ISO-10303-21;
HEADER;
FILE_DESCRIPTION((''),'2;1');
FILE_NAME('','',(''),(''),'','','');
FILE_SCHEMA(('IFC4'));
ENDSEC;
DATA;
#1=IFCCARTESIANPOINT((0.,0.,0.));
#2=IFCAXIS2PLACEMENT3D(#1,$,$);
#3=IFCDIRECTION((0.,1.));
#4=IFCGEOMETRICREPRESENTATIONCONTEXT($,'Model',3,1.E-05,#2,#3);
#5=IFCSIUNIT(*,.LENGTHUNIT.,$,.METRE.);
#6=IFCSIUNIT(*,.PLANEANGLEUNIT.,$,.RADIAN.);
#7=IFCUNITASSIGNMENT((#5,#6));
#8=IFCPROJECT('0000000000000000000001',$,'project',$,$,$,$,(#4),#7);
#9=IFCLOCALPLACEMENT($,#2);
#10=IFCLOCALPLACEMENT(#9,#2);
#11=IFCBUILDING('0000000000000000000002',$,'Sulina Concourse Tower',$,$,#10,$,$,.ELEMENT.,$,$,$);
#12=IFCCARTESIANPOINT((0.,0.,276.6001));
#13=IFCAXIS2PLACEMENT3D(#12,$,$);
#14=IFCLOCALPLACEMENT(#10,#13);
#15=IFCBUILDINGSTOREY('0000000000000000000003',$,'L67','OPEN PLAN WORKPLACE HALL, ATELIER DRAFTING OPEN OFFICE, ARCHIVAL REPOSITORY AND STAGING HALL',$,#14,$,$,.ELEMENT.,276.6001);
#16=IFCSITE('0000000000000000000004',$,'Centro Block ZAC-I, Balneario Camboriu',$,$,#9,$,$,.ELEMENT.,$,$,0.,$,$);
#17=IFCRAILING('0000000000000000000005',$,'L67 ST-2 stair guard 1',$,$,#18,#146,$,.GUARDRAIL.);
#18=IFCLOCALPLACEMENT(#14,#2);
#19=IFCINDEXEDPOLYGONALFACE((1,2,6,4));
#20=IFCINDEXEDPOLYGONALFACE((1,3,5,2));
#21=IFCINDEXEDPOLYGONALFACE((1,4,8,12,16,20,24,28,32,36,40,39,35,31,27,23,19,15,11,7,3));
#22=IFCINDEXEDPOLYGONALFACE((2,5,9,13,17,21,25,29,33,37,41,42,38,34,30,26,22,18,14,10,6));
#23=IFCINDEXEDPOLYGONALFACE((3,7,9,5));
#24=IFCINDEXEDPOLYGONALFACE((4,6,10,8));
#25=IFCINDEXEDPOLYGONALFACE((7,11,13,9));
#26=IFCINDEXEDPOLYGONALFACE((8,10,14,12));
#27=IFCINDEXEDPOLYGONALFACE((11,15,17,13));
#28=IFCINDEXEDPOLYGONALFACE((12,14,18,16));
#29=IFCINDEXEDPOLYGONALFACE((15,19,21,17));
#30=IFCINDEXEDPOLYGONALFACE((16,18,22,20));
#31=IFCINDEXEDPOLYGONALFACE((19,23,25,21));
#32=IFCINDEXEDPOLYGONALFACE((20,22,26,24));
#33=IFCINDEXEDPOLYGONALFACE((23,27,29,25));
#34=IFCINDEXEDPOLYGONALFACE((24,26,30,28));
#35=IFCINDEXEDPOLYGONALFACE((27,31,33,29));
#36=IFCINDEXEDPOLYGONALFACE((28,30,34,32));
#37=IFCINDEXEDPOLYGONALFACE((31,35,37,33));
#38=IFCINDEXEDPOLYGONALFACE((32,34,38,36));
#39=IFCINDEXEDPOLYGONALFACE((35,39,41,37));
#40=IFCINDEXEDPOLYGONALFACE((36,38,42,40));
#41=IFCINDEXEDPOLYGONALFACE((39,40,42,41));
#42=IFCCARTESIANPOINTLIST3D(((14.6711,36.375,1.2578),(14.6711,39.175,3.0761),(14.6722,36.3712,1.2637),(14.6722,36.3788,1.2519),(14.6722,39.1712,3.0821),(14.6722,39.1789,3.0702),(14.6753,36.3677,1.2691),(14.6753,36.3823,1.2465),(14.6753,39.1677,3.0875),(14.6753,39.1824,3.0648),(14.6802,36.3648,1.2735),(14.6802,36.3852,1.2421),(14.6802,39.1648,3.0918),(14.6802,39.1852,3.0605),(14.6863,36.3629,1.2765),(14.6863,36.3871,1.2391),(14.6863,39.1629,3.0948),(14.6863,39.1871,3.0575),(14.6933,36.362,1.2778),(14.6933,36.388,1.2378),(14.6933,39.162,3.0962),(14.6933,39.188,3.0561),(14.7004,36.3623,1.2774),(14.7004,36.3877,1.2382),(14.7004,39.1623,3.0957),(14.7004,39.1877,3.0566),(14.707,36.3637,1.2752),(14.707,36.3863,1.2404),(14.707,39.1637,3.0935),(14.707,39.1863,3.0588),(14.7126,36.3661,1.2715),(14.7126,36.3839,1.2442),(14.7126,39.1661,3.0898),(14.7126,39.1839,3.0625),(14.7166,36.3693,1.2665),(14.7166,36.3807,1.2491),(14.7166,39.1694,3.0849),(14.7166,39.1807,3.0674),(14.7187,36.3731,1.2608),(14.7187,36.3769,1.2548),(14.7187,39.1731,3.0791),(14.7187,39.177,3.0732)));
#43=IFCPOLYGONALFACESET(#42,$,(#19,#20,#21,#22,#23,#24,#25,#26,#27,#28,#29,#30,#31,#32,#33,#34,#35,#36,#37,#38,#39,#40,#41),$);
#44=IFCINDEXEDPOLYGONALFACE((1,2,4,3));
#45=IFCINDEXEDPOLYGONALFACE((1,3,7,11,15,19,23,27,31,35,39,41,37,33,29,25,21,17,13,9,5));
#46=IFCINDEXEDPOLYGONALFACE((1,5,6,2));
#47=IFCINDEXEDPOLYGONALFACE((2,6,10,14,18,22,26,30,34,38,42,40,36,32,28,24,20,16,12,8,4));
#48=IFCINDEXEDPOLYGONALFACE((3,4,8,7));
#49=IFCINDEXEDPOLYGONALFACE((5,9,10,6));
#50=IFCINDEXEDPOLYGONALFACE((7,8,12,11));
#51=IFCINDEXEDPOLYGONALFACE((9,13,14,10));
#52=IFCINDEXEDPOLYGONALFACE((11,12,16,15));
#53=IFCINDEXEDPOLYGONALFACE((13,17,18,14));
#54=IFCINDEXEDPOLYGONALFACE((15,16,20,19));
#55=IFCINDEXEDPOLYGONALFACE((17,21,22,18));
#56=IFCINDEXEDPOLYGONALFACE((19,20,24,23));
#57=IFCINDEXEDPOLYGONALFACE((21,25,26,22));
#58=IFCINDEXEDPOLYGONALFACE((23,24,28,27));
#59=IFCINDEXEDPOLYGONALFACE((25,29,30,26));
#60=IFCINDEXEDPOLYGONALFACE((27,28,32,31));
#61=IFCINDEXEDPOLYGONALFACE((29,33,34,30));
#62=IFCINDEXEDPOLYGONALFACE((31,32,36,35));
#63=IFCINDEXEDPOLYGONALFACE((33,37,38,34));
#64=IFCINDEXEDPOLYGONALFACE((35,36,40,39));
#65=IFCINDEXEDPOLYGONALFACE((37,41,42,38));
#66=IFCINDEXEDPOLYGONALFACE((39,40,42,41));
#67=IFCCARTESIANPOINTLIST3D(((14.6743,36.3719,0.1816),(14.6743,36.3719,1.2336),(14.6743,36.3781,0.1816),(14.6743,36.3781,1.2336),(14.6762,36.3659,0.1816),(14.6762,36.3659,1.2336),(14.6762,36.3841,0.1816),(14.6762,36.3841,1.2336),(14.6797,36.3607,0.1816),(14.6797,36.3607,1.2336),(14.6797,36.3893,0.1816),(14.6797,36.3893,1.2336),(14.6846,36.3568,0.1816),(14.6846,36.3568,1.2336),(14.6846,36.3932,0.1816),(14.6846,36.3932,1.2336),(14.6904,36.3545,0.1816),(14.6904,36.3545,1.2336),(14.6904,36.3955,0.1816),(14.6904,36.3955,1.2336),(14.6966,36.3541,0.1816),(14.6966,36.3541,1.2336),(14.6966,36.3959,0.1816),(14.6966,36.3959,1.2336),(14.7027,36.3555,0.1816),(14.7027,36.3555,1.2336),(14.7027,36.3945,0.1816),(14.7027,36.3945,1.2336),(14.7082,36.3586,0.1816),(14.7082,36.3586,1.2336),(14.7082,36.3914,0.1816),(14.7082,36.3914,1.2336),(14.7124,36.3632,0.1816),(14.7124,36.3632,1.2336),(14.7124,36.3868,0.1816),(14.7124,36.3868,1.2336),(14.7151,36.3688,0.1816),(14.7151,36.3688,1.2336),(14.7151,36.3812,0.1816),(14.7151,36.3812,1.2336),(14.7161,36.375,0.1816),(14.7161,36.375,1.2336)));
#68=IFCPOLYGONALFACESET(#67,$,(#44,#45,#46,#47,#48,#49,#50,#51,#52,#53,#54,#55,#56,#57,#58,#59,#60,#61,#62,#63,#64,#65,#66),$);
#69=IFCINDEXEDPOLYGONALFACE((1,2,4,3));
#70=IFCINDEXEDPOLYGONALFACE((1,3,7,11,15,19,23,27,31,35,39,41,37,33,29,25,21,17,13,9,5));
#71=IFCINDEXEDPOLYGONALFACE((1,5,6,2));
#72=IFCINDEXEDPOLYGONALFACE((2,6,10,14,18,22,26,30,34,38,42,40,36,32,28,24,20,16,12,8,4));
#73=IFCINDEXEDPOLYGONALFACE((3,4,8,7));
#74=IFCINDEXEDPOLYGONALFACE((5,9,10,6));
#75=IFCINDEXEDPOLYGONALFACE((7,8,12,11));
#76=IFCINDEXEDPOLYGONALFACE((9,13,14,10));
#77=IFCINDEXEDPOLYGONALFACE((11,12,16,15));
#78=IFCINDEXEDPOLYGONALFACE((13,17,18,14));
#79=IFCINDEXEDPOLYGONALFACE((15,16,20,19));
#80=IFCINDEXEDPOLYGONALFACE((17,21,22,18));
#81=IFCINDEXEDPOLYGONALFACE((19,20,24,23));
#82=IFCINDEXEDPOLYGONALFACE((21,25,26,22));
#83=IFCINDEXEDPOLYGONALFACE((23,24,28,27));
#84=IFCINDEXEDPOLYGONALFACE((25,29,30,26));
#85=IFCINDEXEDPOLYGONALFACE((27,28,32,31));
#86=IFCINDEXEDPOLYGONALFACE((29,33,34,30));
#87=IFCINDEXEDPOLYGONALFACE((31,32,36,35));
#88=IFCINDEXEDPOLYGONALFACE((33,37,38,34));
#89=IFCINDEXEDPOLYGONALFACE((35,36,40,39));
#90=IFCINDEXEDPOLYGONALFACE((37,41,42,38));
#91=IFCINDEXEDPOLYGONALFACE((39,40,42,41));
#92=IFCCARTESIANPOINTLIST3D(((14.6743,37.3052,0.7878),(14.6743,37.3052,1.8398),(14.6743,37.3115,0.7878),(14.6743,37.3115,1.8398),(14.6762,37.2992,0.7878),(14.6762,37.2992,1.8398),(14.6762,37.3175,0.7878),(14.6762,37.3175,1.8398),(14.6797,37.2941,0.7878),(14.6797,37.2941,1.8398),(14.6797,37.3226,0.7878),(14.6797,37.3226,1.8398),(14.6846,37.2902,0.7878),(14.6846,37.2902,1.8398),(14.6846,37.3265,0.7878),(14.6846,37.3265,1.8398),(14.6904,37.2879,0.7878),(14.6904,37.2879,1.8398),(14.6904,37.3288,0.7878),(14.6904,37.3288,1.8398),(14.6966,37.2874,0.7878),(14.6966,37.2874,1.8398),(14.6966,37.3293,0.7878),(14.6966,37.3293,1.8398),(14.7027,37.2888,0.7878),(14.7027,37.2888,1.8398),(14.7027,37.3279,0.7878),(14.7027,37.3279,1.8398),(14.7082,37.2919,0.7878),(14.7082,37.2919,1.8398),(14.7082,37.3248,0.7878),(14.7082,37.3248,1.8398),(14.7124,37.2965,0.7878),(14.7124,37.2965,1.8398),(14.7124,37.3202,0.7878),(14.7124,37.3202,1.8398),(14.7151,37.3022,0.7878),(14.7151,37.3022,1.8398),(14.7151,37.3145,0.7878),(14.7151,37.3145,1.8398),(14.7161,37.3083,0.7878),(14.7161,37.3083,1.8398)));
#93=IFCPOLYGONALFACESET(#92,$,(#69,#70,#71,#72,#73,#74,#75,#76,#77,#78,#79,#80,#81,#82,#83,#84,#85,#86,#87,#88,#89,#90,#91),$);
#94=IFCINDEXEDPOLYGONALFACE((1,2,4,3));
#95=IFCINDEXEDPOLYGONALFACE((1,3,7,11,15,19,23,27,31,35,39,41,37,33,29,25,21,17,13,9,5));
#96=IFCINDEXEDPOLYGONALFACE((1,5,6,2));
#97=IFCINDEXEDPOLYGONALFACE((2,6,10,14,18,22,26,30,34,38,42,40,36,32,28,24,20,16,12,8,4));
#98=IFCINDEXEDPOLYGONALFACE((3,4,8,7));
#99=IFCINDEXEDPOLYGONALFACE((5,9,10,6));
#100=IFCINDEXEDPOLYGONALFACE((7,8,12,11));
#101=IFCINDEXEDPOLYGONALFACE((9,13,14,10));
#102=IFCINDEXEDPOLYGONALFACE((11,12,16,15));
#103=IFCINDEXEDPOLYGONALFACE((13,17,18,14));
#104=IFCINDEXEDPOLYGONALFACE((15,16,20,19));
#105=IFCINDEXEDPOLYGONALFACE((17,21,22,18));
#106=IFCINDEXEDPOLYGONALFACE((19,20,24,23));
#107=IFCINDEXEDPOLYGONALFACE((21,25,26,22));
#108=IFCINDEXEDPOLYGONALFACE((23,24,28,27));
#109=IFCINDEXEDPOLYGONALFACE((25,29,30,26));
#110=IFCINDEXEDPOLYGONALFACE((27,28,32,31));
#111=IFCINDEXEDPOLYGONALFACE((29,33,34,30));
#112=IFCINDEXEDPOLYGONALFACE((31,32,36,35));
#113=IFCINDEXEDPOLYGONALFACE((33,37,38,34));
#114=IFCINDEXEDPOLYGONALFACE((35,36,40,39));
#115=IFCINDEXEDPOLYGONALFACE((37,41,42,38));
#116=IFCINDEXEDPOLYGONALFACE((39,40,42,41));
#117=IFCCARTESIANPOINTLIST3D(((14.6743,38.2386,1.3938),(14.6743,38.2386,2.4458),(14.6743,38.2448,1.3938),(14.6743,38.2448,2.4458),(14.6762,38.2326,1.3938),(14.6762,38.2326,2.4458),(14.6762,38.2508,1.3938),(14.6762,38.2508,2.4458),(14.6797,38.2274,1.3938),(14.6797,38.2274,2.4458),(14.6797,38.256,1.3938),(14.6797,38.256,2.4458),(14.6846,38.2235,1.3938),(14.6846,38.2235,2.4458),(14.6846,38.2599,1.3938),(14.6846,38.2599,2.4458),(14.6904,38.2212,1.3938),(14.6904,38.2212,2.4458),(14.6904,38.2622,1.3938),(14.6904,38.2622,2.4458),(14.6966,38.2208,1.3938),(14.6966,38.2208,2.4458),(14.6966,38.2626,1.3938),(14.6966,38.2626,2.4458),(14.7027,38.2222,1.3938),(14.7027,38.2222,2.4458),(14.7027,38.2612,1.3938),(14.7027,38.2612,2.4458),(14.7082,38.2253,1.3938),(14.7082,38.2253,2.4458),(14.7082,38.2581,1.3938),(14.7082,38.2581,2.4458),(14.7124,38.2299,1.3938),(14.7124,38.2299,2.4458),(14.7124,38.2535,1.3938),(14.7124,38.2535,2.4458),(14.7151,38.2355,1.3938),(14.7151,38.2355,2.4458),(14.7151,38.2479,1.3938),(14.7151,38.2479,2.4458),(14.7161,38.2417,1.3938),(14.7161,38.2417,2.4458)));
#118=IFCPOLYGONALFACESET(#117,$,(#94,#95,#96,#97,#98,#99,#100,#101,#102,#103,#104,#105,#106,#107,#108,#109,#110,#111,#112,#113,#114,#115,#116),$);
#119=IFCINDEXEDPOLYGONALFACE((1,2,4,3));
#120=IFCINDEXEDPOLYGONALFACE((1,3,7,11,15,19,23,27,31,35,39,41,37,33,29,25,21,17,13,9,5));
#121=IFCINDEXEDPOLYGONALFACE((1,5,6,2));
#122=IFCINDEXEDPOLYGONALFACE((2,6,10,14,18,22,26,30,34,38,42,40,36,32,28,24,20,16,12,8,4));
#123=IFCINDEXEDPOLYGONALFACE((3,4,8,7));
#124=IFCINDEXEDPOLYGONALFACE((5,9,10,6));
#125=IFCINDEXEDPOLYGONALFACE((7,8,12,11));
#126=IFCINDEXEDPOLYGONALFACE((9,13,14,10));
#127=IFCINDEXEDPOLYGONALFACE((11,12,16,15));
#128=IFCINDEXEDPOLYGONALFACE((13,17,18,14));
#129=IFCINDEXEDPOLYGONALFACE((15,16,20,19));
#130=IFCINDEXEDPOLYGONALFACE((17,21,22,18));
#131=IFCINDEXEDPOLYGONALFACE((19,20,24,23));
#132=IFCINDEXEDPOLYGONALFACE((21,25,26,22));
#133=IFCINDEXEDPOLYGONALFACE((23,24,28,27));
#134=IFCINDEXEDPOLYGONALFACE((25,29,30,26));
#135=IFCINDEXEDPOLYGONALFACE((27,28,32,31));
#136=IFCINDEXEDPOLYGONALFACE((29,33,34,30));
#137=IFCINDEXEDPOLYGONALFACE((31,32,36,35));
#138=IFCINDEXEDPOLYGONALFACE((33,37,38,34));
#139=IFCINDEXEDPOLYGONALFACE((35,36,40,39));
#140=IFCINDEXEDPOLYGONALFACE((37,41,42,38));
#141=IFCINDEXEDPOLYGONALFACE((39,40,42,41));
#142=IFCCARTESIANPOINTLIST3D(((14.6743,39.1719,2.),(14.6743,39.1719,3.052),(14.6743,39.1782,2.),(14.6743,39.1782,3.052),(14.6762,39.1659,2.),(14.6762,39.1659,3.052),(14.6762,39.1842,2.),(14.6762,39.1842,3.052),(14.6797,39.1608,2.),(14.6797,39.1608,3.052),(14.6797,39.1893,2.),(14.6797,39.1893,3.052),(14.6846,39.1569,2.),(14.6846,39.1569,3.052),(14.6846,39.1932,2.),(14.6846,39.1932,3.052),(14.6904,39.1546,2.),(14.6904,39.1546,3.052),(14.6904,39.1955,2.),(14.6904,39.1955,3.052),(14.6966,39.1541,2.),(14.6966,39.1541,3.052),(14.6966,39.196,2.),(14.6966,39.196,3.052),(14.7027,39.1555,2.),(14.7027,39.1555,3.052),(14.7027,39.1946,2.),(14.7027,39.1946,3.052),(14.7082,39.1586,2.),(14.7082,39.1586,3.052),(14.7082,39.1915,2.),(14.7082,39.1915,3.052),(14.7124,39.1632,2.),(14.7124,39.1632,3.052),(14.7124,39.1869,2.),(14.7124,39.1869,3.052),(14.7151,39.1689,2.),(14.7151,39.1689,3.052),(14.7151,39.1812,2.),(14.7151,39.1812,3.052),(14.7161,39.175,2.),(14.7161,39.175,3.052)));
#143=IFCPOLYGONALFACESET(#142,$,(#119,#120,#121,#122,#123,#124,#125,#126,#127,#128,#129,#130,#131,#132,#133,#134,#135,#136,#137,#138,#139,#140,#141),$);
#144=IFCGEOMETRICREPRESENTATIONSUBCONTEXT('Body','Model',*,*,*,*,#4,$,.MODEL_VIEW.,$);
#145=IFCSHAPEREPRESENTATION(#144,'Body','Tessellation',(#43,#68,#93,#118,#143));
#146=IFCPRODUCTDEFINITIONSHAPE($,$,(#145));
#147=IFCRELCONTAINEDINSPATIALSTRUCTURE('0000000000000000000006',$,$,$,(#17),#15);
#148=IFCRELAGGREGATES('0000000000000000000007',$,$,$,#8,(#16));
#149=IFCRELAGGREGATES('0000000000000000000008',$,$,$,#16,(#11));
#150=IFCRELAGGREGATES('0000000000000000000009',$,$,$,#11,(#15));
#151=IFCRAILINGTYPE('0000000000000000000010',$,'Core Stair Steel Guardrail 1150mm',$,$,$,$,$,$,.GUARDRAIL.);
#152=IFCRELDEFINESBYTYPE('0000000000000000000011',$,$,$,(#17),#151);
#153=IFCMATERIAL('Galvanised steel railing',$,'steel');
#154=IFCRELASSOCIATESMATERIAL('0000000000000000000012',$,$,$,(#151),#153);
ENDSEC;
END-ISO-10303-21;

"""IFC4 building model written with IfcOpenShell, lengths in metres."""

from ifc_helpers import new_model, si_unit, direction, frame, origin, origin_2d, place, context, subcontext, project, spatial, circle, extrude, material, type_object, element, save


model = new_model("IFC4")

# Units and contexts
model_context = context("Model", 3, precision=1e-05, world=origin(), true_north=direction((0.0, 1.0)))
body_context = subcontext(model_context, "Body", "Model", "MODEL_VIEW")
ifc_project = project(units=[si_unit("LENGTHUNIT", "METRE"), si_unit("PLANEANGLEUNIT", "RADIAN")], contexts=[model_context])

# Site, building, storey
site_placement = place(None, origin())
site = spatial("IfcSite", under=ifc_project, at=site_placement, Name="Centro Block ZAC-I, Balneario Camboriu", CompositionType="ELEMENT", RefElevation=0.0)
building_placement = place(site_placement, origin())
building = spatial("IfcBuilding", under=site, at=building_placement, Name="Sulina Concourse Tower", CompositionType="ELEMENT")
storey_placement = place(building_placement, frame((0.0, 0.0, 276.6001)))
storey = spatial("IfcBuildingStorey", under=building, at=storey_placement, Name="L67", Description="OPEN PLAN WORKPLACE HALL, ATELIER DRAFTING OPEN OFFICE, ARCHIVAL REPOSITORY AND STAGING HALL", CompositionType="ELEMENT", Elevation=276.6001)

# Railing
ifc_material_1 = material(Name="Galvanised steel railing", Category="steel")
railing_type_1 = type_object("IfcRailingType", Name="Core Stair Steel Guardrail 1150mm", PredefinedType="GUARDRAIL", material=ifc_material_1)
railing_1_placement = place(storey_placement, frame((14.6951, 36.375, 0.1816)))
element("IfcRailing", 1, at=railing_1_placement, inside=storey, type_object=railing_type_1, Name="L67 ST-2 stair guard 1", PredefinedType="GUARDRAIL", context=body_context, shape_type="SweptSolid", body=[
    extrude(circle(Radius=0.0239, at=origin_2d()), frame((0.0, 0.0, 1.0762), z_axis=(0.0, 0.838672, 0.544636), x_axis=(-1.0, 0.0, 0.0)), (0.0, 0.0, 1.0), 3.3386),
    extrude(circle(Radius=0.021, at=origin_2d()), origin(), (0.0, 0.0, 1.0), 1.052),
    extrude(circle(Radius=0.021, at=origin_2d()), frame((0.0, 0.9333, 0.6062)), (0.0, 0.0, 1.0), 1.052),
    extrude(circle(Radius=0.021, at=origin_2d()), frame((0.0, 1.8667, 1.2122)), (0.0, 0.0, 1.0), 1.052),
    extrude(circle(Radius=0.021, at=origin_2d()), frame((0.0, 2.8, 1.8184)), (0.0, 0.0, 1.0), 1.052),
])

save(model, "model.ifc")
